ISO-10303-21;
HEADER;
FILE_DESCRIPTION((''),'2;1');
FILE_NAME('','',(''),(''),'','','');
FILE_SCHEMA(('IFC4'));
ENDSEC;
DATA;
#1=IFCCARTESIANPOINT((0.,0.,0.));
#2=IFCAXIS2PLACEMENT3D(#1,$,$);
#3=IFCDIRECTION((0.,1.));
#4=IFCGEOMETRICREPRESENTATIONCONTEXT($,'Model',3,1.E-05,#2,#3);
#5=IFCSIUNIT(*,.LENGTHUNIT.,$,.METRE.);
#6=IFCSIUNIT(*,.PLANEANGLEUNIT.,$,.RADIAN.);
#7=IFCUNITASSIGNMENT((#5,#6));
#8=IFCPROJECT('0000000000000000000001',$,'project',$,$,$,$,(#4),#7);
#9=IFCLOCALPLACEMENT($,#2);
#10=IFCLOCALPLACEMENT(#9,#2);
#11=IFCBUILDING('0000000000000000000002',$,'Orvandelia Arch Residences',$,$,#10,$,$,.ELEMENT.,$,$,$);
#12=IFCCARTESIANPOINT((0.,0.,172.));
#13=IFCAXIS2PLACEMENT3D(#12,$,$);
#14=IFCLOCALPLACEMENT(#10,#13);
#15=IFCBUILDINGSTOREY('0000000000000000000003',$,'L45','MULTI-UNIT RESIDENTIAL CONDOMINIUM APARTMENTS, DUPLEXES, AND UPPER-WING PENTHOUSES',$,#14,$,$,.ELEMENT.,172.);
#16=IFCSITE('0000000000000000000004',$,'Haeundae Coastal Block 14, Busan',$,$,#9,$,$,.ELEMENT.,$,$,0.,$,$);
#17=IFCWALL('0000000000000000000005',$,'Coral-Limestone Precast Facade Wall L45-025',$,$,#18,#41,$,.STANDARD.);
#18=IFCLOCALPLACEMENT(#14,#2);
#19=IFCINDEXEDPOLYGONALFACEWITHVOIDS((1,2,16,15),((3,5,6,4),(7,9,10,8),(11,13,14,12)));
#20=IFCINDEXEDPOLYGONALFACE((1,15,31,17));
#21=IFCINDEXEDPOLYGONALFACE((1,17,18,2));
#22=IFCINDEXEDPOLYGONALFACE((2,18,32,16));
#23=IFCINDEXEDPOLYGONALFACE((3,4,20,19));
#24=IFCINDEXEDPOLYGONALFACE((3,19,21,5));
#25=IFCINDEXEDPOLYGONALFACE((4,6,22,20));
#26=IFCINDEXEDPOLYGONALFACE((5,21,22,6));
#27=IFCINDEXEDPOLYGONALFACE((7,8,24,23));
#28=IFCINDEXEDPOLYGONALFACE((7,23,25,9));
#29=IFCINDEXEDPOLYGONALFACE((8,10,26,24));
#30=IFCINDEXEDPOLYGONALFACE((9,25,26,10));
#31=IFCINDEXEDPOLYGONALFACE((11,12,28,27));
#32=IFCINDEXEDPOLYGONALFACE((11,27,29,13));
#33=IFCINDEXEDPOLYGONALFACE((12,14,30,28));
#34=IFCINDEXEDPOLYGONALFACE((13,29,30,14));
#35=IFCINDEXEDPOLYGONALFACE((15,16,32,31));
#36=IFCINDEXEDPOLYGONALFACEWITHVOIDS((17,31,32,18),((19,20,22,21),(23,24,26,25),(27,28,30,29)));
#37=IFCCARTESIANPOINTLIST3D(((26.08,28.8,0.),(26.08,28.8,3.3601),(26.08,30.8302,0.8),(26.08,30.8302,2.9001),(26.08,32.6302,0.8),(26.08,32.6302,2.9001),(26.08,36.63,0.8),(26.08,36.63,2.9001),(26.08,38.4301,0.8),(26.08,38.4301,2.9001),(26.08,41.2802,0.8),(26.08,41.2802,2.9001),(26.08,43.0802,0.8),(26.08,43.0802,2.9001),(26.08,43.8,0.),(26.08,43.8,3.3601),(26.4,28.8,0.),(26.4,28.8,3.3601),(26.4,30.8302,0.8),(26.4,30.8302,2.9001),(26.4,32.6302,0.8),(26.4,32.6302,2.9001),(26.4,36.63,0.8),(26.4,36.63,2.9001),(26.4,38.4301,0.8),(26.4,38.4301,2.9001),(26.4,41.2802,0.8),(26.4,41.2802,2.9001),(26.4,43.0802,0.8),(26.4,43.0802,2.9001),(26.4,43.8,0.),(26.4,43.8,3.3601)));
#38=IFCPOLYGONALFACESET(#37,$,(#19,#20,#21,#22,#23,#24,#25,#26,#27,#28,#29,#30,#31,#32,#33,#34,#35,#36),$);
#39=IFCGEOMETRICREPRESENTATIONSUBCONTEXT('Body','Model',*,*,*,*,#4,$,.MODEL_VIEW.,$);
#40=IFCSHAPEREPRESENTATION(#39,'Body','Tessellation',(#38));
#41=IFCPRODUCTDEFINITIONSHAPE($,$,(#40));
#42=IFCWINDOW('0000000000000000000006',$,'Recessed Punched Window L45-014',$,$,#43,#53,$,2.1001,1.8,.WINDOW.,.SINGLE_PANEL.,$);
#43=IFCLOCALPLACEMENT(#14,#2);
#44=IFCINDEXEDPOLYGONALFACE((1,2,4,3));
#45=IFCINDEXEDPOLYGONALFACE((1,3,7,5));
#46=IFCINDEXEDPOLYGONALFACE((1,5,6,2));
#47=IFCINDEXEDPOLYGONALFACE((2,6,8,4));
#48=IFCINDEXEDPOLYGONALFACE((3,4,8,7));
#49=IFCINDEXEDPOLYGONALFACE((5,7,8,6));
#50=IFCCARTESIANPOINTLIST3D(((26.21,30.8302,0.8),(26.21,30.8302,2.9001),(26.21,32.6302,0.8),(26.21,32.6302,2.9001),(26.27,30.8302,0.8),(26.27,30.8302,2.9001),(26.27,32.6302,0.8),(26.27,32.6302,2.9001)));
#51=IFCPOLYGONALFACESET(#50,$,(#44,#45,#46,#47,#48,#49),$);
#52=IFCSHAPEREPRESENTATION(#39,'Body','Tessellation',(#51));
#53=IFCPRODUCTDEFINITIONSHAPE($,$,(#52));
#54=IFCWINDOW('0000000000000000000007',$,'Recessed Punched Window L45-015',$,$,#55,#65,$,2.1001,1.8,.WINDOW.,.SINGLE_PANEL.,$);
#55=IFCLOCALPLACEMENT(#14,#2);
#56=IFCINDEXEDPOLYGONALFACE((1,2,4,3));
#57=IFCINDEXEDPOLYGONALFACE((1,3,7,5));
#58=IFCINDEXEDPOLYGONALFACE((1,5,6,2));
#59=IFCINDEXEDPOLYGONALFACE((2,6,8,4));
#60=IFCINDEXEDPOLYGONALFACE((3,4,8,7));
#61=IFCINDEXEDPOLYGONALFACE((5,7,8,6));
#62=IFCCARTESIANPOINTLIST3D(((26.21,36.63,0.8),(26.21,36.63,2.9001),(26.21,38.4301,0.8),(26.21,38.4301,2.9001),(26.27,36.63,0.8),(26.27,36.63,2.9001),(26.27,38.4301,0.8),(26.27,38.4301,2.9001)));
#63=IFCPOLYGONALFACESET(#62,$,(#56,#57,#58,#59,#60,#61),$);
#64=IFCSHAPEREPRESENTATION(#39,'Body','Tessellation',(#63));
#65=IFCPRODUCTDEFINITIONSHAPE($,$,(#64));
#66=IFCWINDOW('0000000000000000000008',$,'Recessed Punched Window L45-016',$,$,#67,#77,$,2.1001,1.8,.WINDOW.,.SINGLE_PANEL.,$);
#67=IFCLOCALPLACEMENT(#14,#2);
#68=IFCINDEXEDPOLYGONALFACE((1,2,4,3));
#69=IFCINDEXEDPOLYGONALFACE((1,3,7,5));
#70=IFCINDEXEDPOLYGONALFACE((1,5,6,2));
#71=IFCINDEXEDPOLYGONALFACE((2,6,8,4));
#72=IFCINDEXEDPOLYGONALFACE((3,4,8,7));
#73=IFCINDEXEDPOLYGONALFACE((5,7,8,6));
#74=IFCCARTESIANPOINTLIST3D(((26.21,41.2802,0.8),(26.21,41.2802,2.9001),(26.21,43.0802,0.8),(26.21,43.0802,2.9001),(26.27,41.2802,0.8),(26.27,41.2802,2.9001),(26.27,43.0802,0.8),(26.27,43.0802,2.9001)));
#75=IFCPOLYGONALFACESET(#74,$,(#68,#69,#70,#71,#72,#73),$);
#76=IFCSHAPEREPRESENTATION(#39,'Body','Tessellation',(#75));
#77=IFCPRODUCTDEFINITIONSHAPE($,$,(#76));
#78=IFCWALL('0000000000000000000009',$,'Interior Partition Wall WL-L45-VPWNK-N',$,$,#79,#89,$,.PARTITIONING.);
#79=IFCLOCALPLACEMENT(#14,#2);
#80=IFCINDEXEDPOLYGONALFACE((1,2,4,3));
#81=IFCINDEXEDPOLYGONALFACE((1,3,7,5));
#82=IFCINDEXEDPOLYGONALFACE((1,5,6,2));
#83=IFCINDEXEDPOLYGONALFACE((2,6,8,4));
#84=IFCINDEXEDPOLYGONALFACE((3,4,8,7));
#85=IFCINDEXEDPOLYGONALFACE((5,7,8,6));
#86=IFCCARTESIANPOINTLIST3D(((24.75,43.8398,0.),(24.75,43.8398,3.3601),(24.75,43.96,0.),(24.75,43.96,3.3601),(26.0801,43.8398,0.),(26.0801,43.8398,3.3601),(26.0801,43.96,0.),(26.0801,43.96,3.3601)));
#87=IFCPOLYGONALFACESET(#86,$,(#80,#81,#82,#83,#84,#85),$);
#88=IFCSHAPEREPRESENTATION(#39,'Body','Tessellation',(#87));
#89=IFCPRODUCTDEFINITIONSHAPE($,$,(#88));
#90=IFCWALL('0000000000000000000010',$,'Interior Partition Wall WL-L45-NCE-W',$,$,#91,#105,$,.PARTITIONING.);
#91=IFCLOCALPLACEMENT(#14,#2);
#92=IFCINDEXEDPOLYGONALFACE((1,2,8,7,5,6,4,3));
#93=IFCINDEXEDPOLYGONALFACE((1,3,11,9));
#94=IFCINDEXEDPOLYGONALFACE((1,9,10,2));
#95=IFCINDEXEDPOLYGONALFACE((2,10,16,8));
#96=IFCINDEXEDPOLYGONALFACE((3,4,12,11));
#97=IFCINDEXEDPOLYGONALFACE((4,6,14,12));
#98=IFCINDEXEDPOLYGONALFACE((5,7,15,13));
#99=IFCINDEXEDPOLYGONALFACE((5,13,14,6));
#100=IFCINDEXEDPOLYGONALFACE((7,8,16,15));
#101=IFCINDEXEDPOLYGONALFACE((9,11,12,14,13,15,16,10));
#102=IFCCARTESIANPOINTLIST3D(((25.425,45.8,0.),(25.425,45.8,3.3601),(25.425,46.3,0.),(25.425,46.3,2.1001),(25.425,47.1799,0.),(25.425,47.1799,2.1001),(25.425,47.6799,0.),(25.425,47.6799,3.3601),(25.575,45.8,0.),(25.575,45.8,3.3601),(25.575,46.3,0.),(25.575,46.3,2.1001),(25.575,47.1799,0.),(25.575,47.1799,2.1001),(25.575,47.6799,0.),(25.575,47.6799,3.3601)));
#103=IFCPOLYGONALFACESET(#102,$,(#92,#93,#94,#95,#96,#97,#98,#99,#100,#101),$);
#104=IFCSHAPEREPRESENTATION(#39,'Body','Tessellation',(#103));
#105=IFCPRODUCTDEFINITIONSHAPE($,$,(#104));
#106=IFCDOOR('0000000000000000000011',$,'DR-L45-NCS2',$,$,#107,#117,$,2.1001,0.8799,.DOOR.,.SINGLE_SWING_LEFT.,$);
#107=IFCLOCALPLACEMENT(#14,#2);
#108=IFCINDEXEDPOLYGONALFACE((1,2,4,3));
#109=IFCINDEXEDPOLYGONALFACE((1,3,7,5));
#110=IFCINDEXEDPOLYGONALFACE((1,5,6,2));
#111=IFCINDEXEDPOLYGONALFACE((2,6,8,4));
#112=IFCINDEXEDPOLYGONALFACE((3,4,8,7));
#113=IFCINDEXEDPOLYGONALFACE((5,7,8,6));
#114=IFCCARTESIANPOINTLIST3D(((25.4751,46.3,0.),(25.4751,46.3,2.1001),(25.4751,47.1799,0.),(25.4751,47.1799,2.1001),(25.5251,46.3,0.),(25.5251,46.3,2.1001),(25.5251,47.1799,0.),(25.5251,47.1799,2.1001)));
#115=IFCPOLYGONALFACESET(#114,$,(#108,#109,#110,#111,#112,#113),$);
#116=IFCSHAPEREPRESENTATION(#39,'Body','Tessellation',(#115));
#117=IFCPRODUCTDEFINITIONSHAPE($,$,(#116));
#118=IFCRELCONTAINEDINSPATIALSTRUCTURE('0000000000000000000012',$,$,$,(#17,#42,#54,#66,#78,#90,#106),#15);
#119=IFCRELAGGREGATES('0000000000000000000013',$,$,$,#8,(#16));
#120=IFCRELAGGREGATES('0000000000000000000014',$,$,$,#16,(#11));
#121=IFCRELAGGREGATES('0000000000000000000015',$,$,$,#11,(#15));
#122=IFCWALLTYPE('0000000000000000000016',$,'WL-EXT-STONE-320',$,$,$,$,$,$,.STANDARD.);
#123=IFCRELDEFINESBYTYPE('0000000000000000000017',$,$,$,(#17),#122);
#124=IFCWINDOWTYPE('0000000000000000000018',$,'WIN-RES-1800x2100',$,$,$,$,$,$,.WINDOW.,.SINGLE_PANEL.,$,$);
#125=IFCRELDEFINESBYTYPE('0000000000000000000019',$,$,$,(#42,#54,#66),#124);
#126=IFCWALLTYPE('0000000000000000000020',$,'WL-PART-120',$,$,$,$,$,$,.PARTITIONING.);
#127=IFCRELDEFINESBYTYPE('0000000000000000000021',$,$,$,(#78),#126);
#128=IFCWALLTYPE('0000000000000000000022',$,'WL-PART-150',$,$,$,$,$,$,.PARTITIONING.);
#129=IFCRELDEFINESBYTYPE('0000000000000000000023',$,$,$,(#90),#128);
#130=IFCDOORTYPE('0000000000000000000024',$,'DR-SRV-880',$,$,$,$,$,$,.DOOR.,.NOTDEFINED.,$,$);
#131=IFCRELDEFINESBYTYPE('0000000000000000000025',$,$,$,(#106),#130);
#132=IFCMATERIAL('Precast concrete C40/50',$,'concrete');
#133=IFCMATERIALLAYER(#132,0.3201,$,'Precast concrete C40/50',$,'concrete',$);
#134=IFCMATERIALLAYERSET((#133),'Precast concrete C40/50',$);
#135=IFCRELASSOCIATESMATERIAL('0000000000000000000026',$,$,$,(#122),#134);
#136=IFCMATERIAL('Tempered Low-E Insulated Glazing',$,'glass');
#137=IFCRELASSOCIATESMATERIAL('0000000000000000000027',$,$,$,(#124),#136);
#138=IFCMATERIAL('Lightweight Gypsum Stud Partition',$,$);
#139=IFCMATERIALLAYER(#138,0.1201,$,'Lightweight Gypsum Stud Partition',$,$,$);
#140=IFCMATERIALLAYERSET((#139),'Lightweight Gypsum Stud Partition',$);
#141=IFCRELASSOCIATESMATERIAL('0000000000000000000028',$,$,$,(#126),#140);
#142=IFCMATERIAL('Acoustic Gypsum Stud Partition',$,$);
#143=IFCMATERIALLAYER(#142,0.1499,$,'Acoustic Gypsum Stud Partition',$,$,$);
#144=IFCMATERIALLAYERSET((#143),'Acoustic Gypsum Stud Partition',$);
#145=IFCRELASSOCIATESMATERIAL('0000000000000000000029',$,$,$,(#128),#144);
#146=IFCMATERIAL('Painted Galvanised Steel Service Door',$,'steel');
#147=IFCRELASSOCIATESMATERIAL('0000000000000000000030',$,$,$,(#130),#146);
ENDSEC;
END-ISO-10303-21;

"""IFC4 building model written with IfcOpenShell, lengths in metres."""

from ifc_helpers import new_model, si_unit, direction, frame, frame_2d, origin, place, context, subcontext, project, spatial, rectangle, extrude, material, layer, layer_set, type_object, element, fill, save


model = new_model("IFC4")

# Units and contexts
model_context = context("Model", 3, precision=1e-05, world=origin(), true_north=direction((0.0, 1.0)))
body_context = subcontext(model_context, "Body", "Model", "MODEL_VIEW")
ifc_project = project(units=[si_unit("LENGTHUNIT", "METRE"), si_unit("PLANEANGLEUNIT", "RADIAN")], contexts=[model_context])

# Site, building, storey
site_placement = place(None, origin())
site = spatial("IfcSite", under=ifc_project, at=site_placement, Name="Haeundae Coastal Block 14, Busan", CompositionType="ELEMENT", RefElevation=0.0)
building_placement = place(site_placement, origin())
building = spatial("IfcBuilding", under=site, at=building_placement, Name="Orvandelia Arch Residences", CompositionType="ELEMENT")
storey_placement = place(building_placement, frame((0.0, 0.0, 172.0)))
storey = spatial("IfcBuildingStorey", under=building, at=storey_placement, Name="L45", Description="MULTI-UNIT RESIDENTIAL CONDOMINIUM APARTMENTS, DUPLEXES, AND UPPER-WING PENTHOUSES", CompositionType="ELEMENT", Elevation=172.0)

# Shared definitions
ifc_material_1 = material(Name="Precast concrete C40/50", Category="concrete")
ifc_layer_1 = layer(ifc_material_1, 0.3201, Name="Precast concrete C40/50", Category="concrete")
ifc_layer_set_1 = layer_set([ifc_layer_1], Name="Precast concrete C40/50")
wall_type_1 = type_object("IfcWallType", Name="WL-EXT-STONE-320", PredefinedType="STANDARD", material=ifc_layer_set_1)
ifc_material_2 = material(Name="Tempered Low-E Insulated Glazing", Category="glass")
window_type = type_object("IfcWindowType", Name="WIN-RES-1800x2100", PartitioningType="SINGLE_PANEL", PredefinedType="WINDOW", material=ifc_material_2)

# Wall, openings, windows
wall_1_placement = place(storey_placement, frame((26.24, 43.8, 0.0), z_axis=(0.0, 0.0, 1.0), x_axis=(0.0, -1.0, 0.0)))
wall_1 = element("IfcWall", 1, at=wall_1_placement, inside=storey, type_object=wall_type_1, Name="Coral-Limestone Precast Facade Wall L45-025", PredefinedType="STANDARD", context=body_context, shape_type="SweptSolid", body=[
    extrude(rectangle(XDim=15.0, YDim=0.3201, at=frame_2d((7.5, 0.0))), origin(), (0.0, 0.0, 1.0), 3.3601),
])
opening_1_placement = place(wall_1_placement, frame((11.1699, 0.0, 0.8)))
opening_1 = element("IfcOpeningElement", 2, at=opening_1_placement, cuts=wall_1, PredefinedType="OPENING", context=body_context, shape_type="SweptSolid", body=[
    extrude(rectangle(XDim=1.8, YDim=2.1001, at=frame_2d((0.8999, 1.05))), frame((0.0, 0.1699, 0.0), z_axis=(0.0, -1.0, 0.0), x_axis=(1.0, 0.0, 0.0)), (0.0, 0.0, 1.0), 0.3401),
])
opening_2_placement = place(wall_1_placement, frame((5.3701, 0.0, 0.8)))
opening_2 = element("IfcOpeningElement", 3, at=opening_2_placement, cuts=wall_1, PredefinedType="OPENING", context=body_context, shape_type="SweptSolid", body=[
    extrude(rectangle(XDim=1.8, YDim=2.1001, at=frame_2d((0.8999, 1.05))), frame((0.0, 0.1699, 0.0), z_axis=(0.0, -1.0, 0.0), x_axis=(1.0, 0.0, 0.0)), (0.0, 0.0, 1.0), 0.3401),
])
opening_3_placement = place(wall_1_placement, frame((0.72, 0.0, 0.8)))
opening_3 = element("IfcOpeningElement", 4, at=opening_3_placement, cuts=wall_1, PredefinedType="OPENING", context=body_context, shape_type="SweptSolid", body=[
    extrude(rectangle(XDim=1.8, YDim=2.1001, at=frame_2d((0.8999, 1.05))), frame((0.0, 0.1699, 0.0), z_axis=(0.0, -1.0, 0.0), x_axis=(1.0, 0.0, 0.0)), (0.0, 0.0, 1.0), 0.3401),
])
window_1_placement = place(opening_1_placement, origin())
window_1 = element("IfcWindow", 5, at=window_1_placement, inside=storey, type_object=window_type, Name="Recessed Punched Window L45-014", OverallHeight=2.1001, OverallWidth=1.8, PartitioningType="SINGLE_PANEL", PredefinedType="WINDOW", context=body_context, shape_type="SweptSolid", body=[
    extrude(rectangle(XDim=1.8, YDim=2.1001, at=frame_2d((0.8999, 1.05))), frame((0.0, 0.03, 0.0), z_axis=(0.0, -1.0, 0.0), x_axis=(1.0, 0.0, 0.0)), (0.0, 0.0, 1.0), 0.0601),
])
fill(opening_1, window_1)
window_2_placement = place(opening_2_placement, origin())
window_2 = element("IfcWindow", 6, at=window_2_placement, inside=storey, type_object=window_type, Name="Recessed Punched Window L45-015", OverallHeight=2.1001, OverallWidth=1.8, PartitioningType="SINGLE_PANEL", PredefinedType="WINDOW", context=body_context, shape_type="SweptSolid", body=[
    extrude(rectangle(XDim=1.8, YDim=2.1001, at=frame_2d((0.8999, 1.05))), frame((0.0, 0.03, 0.0), z_axis=(0.0, -1.0, 0.0), x_axis=(1.0, 0.0, 0.0)), (0.0, 0.0, 1.0), 0.0601),
])
fill(opening_2, window_2)
window_3_placement = place(opening_3_placement, origin())
window_3 = element("IfcWindow", 7, at=window_3_placement, inside=storey, type_object=window_type, Name="Recessed Punched Window L45-016", OverallHeight=2.1001, OverallWidth=1.8, PartitioningType="SINGLE_PANEL", PredefinedType="WINDOW", context=body_context, shape_type="SweptSolid", body=[
    extrude(rectangle(XDim=1.8, YDim=2.1001, at=frame_2d((0.8999, 1.05))), frame((0.0, 0.03, 0.0), z_axis=(0.0, -1.0, 0.0), x_axis=(1.0, 0.0, 0.0)), (0.0, 0.0, 1.0), 0.0601),
])
fill(opening_3, window_3)

# Wall
ifc_material_3 = material(Name="Lightweight Gypsum Stud Partition")
ifc_layer_2 = layer(ifc_material_3, 0.1201, Name="Lightweight Gypsum Stud Partition")
ifc_layer_set_2 = layer_set([ifc_layer_2], Name="Lightweight Gypsum Stud Partition")
wall_type_2 = type_object("IfcWallType", Name="WL-PART-120", PredefinedType="PARTITIONING", material=ifc_layer_set_2)
wall_2_placement = place(storey_placement, frame((24.75, 43.8999, 0.0), z_axis=(0.0, 0.0, 1.0), x_axis=(1.0, 0.0, 0.0)))
element("IfcWall", 8, at=wall_2_placement, inside=storey, type_object=wall_type_2, Name="Interior Partition Wall WL-L45-VPWNK-N", PredefinedType="PARTITIONING", context=body_context, shape_type="SweptSolid", body=[
    extrude(rectangle(XDim=1.3301, YDim=0.1201, at=frame_2d((0.665, 0.0))), origin(), (0.0, 0.0, 1.0), 3.3601),
])

# Wall, opening, door
ifc_material_4 = material(Name="Acoustic Gypsum Stud Partition")
ifc_layer_3 = layer(ifc_material_4, 0.1499, Name="Acoustic Gypsum Stud Partition")
ifc_layer_set_3 = layer_set([ifc_layer_3], Name="Acoustic Gypsum Stud Partition")
wall_type_3 = type_object("IfcWallType", Name="WL-PART-150", PredefinedType="PARTITIONING", material=ifc_layer_set_3)
wall_3_placement = place(storey_placement, frame((25.5, 45.8, 0.0), z_axis=(0.0, 0.0, 1.0), x_axis=(0.0, 1.0, 0.0)))
wall_3 = element("IfcWall", 9, at=wall_3_placement, inside=storey, type_object=wall_type_3, Name="Interior Partition Wall WL-L45-NCE-W", PredefinedType="PARTITIONING", context=body_context, shape_type="SweptSolid", body=[
    extrude(rectangle(XDim=1.8799, YDim=0.1499, at=frame_2d((0.9399, 0.0))), origin(), (0.0, 0.0, 1.0), 3.3601),
])
opening_4_placement = place(wall_3_placement, frame((0.5, 0.0, 0.0)))
opening_4 = element("IfcOpeningElement", 10, at=opening_4_placement, cuts=wall_3, PredefinedType="OPENING", context=body_context, shape_type="SweptSolid", body=[
    extrude(rectangle(XDim=0.8799, YDim=2.1001, at=frame_2d((0.4399, 1.05))), frame((0.0, 0.085, 0.0), z_axis=(0.0, -1.0, 0.0), x_axis=(1.0, 0.0, 0.0)), (0.0, 0.0, 1.0), 0.1699),
])
ifc_material_5 = material(Name="Painted Galvanised Steel Service Door", Category="steel")
door_type_1 = type_object("IfcDoorType", Name="DR-SRV-880", OperationType="NOTDEFINED", PredefinedType="DOOR", material=ifc_material_5)
door_1_placement = place(opening_4_placement, origin())
door_1 = element("IfcDoor", 11, at=door_1_placement, inside=storey, type_object=door_type_1, Name="DR-L45-NCS2", OperationType="SINGLE_SWING_LEFT", OverallHeight=2.1001, OverallWidth=0.8799, PredefinedType="DOOR", context=body_context, shape_type="SweptSolid", body=[
    extrude(rectangle(XDim=0.8799, YDim=2.1001, at=frame_2d((0.4399, 1.05))), frame((0.0, 0.0249, 0.0), z_axis=(0.0, -1.0, 0.0), x_axis=(1.0, 0.0, 0.0)), (0.0, 0.0, 1.0), 0.05),
])
fill(opening_4, door_1)

save(model, "model.ifc")
